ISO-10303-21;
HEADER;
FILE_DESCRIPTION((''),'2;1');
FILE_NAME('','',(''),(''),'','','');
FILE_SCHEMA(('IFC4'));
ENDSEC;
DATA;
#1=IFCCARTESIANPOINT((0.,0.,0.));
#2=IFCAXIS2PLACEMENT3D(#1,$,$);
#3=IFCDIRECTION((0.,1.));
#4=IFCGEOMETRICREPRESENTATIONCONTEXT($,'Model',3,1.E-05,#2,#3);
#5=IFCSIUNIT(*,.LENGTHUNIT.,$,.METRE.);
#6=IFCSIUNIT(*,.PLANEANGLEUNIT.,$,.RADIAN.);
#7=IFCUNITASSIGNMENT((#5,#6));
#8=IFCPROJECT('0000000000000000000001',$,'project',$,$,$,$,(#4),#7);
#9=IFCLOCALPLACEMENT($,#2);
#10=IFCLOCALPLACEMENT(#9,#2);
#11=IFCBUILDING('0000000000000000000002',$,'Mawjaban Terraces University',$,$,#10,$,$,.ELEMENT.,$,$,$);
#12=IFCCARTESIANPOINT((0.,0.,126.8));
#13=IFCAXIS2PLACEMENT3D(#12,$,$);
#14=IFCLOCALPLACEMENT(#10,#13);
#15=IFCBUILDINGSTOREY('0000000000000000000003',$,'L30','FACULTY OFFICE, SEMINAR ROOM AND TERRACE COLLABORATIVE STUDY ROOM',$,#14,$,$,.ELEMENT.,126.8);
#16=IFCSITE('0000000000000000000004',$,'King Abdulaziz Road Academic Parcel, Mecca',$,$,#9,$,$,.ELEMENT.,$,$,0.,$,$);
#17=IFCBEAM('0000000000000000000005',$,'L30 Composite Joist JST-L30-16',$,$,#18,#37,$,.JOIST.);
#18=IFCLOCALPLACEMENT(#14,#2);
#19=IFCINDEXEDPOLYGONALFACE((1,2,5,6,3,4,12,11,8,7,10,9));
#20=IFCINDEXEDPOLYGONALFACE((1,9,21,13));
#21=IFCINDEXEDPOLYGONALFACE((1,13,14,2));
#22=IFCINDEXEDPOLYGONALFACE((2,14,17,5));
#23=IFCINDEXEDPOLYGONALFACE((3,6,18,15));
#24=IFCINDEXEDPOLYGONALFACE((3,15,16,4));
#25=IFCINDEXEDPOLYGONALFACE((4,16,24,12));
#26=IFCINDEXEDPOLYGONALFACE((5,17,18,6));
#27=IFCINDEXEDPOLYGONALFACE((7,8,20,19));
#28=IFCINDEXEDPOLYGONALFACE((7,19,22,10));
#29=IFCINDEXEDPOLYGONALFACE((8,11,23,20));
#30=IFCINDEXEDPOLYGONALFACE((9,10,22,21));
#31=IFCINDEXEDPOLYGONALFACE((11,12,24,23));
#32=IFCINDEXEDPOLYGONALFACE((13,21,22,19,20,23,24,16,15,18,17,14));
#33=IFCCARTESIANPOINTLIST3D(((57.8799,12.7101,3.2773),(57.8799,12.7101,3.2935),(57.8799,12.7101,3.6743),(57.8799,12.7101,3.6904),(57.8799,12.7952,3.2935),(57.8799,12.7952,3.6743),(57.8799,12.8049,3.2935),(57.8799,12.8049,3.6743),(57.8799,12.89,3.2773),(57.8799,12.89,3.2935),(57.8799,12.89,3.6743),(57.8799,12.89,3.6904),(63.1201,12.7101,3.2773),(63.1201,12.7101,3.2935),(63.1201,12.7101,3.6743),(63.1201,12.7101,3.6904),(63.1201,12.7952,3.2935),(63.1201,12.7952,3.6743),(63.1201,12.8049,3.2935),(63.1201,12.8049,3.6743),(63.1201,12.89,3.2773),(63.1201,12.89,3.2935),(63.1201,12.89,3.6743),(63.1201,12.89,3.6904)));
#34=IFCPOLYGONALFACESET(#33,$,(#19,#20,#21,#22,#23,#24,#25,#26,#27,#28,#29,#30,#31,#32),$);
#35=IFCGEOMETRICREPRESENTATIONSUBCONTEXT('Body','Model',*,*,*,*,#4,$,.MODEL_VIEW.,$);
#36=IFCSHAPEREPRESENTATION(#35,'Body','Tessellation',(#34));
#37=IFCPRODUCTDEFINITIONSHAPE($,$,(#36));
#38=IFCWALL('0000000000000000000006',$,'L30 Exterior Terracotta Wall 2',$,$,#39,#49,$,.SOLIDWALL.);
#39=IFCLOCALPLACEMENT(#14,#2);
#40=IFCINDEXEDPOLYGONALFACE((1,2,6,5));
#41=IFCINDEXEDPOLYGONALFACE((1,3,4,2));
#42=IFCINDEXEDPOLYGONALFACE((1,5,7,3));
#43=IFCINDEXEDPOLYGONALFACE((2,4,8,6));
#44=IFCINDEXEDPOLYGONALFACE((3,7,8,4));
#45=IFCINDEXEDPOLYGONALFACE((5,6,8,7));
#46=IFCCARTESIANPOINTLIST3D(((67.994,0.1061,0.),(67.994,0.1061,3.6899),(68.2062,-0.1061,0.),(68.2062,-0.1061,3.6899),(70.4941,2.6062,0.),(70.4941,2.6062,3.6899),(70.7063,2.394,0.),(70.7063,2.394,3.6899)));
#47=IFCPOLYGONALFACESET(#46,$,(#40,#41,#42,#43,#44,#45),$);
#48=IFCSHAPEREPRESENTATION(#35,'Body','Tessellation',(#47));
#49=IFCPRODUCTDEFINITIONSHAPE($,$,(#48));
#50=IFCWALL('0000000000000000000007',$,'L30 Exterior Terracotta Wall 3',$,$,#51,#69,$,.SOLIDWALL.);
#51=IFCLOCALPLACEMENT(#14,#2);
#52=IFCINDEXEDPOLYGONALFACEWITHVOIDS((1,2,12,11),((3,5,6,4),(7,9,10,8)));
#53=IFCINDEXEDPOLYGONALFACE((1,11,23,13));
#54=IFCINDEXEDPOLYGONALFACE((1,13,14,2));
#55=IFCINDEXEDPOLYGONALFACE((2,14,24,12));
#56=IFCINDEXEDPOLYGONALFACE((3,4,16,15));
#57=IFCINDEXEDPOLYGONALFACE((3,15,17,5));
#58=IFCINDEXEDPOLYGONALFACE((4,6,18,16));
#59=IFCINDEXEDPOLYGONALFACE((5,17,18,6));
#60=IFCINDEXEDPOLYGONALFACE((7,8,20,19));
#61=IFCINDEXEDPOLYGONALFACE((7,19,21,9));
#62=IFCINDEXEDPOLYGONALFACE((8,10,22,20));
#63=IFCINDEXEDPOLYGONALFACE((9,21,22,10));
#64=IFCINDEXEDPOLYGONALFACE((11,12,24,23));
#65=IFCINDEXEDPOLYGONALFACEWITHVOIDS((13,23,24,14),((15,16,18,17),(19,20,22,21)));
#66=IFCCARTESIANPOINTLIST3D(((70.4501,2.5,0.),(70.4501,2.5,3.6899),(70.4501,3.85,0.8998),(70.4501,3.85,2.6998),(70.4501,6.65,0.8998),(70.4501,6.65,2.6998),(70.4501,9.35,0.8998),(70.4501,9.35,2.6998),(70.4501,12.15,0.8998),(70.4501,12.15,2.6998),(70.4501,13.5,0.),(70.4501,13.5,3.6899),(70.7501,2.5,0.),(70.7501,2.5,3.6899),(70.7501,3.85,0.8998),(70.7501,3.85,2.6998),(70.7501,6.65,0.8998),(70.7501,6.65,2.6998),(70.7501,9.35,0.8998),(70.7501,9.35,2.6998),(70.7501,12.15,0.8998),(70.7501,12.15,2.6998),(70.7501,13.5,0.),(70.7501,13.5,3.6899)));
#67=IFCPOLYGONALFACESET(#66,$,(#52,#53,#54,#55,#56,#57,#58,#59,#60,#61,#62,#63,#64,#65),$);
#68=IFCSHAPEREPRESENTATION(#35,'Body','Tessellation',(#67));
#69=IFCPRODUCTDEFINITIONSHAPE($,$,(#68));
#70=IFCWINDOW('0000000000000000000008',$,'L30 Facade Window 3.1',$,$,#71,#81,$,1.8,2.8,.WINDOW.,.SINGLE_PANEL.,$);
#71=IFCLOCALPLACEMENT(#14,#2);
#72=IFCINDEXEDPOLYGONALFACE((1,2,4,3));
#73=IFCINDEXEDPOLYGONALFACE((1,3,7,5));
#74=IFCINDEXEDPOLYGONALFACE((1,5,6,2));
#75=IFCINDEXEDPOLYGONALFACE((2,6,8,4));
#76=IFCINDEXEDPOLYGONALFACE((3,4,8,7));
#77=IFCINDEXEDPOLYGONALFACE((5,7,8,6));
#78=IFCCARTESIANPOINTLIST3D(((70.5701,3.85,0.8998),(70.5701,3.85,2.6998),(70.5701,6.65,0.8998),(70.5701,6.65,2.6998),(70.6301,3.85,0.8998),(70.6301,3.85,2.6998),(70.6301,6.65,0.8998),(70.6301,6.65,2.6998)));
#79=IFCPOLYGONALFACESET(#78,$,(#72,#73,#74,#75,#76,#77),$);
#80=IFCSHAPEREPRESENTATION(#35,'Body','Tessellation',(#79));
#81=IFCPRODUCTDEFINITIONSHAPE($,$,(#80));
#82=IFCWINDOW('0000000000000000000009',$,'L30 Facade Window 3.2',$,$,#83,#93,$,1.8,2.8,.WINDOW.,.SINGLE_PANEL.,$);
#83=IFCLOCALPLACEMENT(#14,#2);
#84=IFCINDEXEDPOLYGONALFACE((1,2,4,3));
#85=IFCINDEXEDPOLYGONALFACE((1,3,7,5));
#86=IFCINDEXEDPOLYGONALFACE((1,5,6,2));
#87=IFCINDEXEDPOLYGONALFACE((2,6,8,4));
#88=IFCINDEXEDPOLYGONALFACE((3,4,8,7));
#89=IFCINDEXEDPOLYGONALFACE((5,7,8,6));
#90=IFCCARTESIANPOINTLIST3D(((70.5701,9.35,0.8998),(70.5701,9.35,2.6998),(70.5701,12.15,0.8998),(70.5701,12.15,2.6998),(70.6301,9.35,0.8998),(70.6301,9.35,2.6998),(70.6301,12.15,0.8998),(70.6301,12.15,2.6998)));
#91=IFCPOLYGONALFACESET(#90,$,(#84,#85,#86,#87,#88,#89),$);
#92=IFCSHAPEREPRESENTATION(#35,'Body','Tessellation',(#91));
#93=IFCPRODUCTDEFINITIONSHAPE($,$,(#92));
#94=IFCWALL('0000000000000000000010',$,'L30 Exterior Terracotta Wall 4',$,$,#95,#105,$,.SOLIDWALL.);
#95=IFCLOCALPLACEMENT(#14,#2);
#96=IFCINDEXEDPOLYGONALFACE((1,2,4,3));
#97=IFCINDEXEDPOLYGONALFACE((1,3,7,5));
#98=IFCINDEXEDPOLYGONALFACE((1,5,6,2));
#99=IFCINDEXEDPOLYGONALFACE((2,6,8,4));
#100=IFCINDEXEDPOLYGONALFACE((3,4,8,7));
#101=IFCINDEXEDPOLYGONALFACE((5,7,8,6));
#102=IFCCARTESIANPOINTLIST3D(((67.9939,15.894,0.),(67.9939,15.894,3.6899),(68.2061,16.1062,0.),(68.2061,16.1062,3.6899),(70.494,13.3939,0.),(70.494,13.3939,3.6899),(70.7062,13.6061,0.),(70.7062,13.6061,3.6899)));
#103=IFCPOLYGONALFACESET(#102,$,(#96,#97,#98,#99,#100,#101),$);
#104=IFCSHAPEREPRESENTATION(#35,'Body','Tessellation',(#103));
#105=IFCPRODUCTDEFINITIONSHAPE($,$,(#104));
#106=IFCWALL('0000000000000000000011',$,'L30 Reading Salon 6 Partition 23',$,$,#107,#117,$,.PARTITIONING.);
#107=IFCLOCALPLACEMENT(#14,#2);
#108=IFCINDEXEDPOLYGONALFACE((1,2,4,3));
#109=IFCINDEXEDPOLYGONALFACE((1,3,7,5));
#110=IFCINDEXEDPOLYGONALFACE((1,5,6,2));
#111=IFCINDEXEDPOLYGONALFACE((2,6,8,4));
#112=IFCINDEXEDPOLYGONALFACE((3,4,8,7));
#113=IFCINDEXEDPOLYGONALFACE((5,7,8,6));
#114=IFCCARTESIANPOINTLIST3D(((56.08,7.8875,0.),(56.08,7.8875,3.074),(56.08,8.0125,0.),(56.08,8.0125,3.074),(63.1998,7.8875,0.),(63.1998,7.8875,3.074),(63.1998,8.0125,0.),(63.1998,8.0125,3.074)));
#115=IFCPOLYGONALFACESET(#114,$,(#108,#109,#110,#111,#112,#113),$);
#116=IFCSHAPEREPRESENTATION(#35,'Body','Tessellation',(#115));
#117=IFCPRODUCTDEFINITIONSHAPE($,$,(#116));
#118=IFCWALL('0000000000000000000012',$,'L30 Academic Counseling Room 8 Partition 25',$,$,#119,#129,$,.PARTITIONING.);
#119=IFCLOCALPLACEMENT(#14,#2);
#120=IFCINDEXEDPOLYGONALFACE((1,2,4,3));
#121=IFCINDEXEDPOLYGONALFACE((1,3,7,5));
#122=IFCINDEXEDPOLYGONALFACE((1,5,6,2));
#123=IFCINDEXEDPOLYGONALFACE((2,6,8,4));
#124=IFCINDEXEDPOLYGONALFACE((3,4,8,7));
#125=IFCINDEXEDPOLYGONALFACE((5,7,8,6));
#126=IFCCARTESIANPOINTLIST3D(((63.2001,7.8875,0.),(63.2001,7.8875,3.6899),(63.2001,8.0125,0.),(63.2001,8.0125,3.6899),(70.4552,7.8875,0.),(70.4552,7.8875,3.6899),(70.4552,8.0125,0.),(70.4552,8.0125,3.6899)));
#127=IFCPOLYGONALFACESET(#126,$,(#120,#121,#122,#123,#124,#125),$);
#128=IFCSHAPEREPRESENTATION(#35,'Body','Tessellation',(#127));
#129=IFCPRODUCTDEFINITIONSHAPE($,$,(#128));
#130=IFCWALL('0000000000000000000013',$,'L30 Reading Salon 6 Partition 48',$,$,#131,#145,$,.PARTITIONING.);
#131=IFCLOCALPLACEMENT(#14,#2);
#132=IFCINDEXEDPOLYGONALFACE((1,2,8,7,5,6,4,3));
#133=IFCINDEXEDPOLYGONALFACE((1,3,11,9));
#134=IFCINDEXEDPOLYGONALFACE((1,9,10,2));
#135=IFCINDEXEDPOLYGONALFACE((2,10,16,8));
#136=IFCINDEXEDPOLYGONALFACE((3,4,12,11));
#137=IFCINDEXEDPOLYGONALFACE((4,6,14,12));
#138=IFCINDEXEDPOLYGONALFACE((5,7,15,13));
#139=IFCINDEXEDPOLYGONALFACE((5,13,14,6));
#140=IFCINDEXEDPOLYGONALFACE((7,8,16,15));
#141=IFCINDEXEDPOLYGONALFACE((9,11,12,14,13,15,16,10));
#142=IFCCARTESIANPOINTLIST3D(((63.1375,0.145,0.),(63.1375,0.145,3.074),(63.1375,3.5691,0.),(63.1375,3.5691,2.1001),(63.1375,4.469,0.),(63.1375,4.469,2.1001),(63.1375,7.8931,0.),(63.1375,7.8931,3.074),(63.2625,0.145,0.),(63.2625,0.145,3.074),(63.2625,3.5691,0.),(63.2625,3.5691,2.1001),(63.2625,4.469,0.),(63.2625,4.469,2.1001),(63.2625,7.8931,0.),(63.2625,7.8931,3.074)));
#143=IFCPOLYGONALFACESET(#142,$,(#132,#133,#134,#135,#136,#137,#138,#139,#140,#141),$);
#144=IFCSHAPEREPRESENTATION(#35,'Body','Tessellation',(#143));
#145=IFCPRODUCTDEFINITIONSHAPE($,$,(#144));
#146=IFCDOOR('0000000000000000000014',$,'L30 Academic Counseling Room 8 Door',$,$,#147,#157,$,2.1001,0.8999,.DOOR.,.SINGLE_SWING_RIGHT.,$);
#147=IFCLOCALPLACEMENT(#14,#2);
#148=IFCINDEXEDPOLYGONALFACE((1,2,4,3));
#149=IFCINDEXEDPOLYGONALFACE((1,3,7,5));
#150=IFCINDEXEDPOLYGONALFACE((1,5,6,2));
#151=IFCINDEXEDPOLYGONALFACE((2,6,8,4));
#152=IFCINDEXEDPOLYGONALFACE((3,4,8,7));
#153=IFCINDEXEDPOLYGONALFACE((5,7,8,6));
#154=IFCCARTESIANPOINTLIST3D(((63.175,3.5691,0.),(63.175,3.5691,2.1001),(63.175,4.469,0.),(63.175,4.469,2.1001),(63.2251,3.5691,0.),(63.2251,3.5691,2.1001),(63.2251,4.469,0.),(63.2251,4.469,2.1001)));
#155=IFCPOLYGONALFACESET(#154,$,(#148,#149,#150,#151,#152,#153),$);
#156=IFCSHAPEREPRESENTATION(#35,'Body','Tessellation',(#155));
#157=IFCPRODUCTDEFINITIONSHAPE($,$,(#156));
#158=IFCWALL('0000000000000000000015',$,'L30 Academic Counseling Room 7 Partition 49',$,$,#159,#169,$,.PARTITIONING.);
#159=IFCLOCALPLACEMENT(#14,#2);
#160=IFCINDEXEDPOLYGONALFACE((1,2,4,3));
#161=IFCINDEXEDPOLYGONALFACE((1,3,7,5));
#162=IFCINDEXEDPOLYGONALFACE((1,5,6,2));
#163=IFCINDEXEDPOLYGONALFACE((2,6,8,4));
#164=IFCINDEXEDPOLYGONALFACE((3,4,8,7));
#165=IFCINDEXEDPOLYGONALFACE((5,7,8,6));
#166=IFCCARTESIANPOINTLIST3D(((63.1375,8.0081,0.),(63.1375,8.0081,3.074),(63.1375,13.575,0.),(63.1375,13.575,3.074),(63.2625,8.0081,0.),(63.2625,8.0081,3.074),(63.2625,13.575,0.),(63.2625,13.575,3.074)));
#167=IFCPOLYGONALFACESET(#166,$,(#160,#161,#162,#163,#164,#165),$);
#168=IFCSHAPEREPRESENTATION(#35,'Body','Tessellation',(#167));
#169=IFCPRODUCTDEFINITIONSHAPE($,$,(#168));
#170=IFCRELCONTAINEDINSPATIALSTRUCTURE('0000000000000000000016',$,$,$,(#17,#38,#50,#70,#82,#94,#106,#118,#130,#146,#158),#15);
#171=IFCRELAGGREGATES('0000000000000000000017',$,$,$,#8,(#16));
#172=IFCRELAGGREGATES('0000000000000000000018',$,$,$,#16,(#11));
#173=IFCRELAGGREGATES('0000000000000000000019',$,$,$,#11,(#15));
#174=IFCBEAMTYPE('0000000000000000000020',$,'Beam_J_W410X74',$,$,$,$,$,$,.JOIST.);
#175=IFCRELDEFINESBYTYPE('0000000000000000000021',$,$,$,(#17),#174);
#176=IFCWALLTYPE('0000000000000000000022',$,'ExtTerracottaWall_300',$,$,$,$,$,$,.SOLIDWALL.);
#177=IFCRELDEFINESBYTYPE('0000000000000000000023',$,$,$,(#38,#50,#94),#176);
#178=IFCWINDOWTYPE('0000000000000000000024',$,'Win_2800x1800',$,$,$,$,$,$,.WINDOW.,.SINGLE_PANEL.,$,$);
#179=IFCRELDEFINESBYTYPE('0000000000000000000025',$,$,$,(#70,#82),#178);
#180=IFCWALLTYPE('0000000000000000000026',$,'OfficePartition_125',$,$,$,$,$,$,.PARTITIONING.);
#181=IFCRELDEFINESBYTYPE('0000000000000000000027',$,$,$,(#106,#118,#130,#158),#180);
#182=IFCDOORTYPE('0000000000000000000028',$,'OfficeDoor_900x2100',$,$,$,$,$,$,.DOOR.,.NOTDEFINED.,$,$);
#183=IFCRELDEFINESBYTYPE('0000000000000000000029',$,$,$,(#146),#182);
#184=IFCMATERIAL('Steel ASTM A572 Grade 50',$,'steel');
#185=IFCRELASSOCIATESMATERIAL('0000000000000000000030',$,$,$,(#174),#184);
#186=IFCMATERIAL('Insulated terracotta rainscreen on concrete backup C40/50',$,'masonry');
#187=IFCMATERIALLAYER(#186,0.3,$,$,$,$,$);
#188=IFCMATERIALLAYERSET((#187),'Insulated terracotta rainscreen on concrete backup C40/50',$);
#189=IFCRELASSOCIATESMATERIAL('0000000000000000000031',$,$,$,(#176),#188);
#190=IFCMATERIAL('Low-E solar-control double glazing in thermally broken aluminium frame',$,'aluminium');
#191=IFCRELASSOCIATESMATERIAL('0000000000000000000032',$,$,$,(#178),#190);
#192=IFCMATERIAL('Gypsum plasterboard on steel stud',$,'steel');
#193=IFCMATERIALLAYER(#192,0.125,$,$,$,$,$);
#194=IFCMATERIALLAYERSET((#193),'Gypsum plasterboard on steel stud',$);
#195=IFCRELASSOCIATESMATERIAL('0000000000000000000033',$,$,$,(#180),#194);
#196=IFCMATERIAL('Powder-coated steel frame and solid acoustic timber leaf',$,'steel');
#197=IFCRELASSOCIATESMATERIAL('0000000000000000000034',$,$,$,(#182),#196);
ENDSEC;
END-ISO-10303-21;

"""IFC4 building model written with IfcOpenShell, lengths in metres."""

from ifc_helpers import new_model, si_unit, direction, frame, frame_2d, origin, origin_2d, place, context, subcontext, project, spatial, rectangle, i_section, extrude, material, layer, layer_set, material_profile, profile_set, type_object, element, fill, save


model = new_model("IFC4")

# Units and contexts
model_context = context("Model", 3, precision=1e-05, world=origin(), true_north=direction((0.0, 1.0)))
body_context = subcontext(model_context, "Body", "Model", "MODEL_VIEW")
ifc_project = project(units=[si_unit("LENGTHUNIT", "METRE"), si_unit("PLANEANGLEUNIT", "RADIAN")], contexts=[model_context])

# Site, building, storey
site_placement = place(None, origin())
site = spatial("IfcSite", under=ifc_project, at=site_placement, Name="King Abdulaziz Road Academic Parcel, Mecca", CompositionType="ELEMENT", RefElevation=0.0)
building_placement = place(site_placement, origin())
building = spatial("IfcBuilding", under=site, at=building_placement, Name="Mawjaban Terraces University", CompositionType="ELEMENT")
storey_placement = place(building_placement, frame((0.0, 0.0, 126.8)))
storey = spatial("IfcBuildingStorey", under=building, at=storey_placement, Name="L30", Description="FACULTY OFFICE, SEMINAR ROOM AND TERRACE COLLABORATIVE STUDY ROOM", CompositionType="ELEMENT", Elevation=126.8)

# Beam
ifc_material_1 = material(Name="Steel ASTM A572 Grade 50", Category="steel")
ifc_material_profile_1 = material_profile(ifc_material_1, i_section(OverallWidth=0.1799, OverallDepth=0.4131, WebThickness=0.0098, FlangeThickness=0.0161, at=origin_2d()), Name="W410X74")
ifc_profile_set_1 = profile_set([ifc_material_profile_1], Name="Steel ASTM A572 Grade 50")
beam_type_1 = type_object("IfcBeamType", Name="Beam_J_W410X74", PredefinedType="JOIST", material=ifc_profile_set_1)
for number, where, z_axis, x_axis, name in (
    (1, (57.8799, 12.8, 3.4839), (1.0, 0.0, 0.0), (0.0, 1.0, 0.0), "L30 Composite Joist JST-L30-16"),
):
    element("IfcBeam", number, at=place(storey_placement, frame(where, z_axis=z_axis, x_axis=x_axis)), inside=storey, type_object=beam_type_1, Name=name, PredefinedType="JOIST", context=body_context, shape_type="SweptSolid", body=[
        extrude(i_section(OverallWidth=0.1799, OverallDepth=0.4131, WebThickness=0.0098, FlangeThickness=0.0161, at=origin_2d()), origin(), (0.0, 0.0, 1.0), 5.2402),
    ])

# Wall
ifc_material_2 = material(Name="Insulated terracotta rainscreen on concrete backup C40/50", Category="masonry")
ifc_layer_1 = layer(ifc_material_2, 0.3)
ifc_layer_set_1 = layer_set([ifc_layer_1], Name="Insulated terracotta rainscreen on concrete backup C40/50")
wall_type_1 = type_object("IfcWallType", Name="ExtTerracottaWall_300", PredefinedType="SOLIDWALL", material=ifc_layer_set_1)
wall_1_placement = place(storey_placement, frame((68.1001, 0.0, 0.0), z_axis=(0.0, 0.0, 1.0), x_axis=(0.707107, 0.707107, 0.0)))
element("IfcWall", 2, at=wall_1_placement, inside=storey, type_object=wall_type_1, Name="L30 Exterior Terracotta Wall 2", PredefinedType="SOLIDWALL", context=body_context, shape_type="SweptSolid", body=[
    extrude(rectangle(XDim=3.5356, YDim=0.3, at=frame_2d((1.7678, 0.0))), origin(), (0.0, 0.0, 1.0), 3.6899),
])

# Wall, openings, windows
wall_2_placement = place(storey_placement, frame((70.6001, 2.5, 0.0), z_axis=(0.0, 0.0, 1.0), x_axis=(0.0, 1.0, 0.0)))
wall_2 = element("IfcWall", 3, at=wall_2_placement, inside=storey, type_object=wall_type_1, Name="L30 Exterior Terracotta Wall 3", PredefinedType="SOLIDWALL", context=body_context, shape_type="SweptSolid", body=[
    extrude(rectangle(XDim=11.0, YDim=0.3, at=frame_2d((5.5, 0.0))), origin(), (0.0, 0.0, 1.0), 3.6899),
])
opening_1_placement = place(wall_2_placement, frame((1.3501, 0.0, 0.8999)))
opening_1 = element("IfcOpeningElement", 4, at=opening_1_placement, cuts=wall_2, PredefinedType="OPENING", context=body_context, shape_type="SweptSolid", body=[
    extrude(rectangle(XDim=2.8, YDim=1.8, at=frame_2d((1.3999, 0.8999))), frame((0.0, 0.1599, 0.0), z_axis=(0.0, -1.0, 0.0), x_axis=(1.0, 0.0, 0.0)), (0.0, 0.0, 1.0), 0.3201),
])
opening_2_placement = place(wall_2_placement, frame((6.8501, 0.0, 0.8999)))
opening_2 = element("IfcOpeningElement", 5, at=opening_2_placement, cuts=wall_2, PredefinedType="OPENING", context=body_context, shape_type="SweptSolid", body=[
    extrude(rectangle(XDim=2.8, YDim=1.8, at=frame_2d((1.3999, 0.8999))), frame((0.0, 0.1599, 0.0), z_axis=(0.0, -1.0, 0.0), x_axis=(1.0, 0.0, 0.0)), (0.0, 0.0, 1.0), 0.3201),
])
ifc_material_3 = material(Name="Low-E solar-control double glazing in thermally broken aluminium frame", Category="aluminium")
window_type = type_object("IfcWindowType", Name="Win_2800x1800", PartitioningType="SINGLE_PANEL", PredefinedType="WINDOW", material=ifc_material_3)
window_1_placement = place(opening_1_placement, origin())
window_1 = element("IfcWindow", 6, at=window_1_placement, inside=storey, type_object=window_type, Name="L30 Facade Window 3.1", OverallHeight=1.8, OverallWidth=2.8, PartitioningType="SINGLE_PANEL", PredefinedType="WINDOW", context=body_context, shape_type="SweptSolid", body=[
    extrude(rectangle(XDim=2.8, YDim=1.8, at=frame_2d((1.3999, 0.8999))), frame((0.0, 0.03, 0.0), z_axis=(0.0, -1.0, 0.0), x_axis=(1.0, 0.0, 0.0)), (0.0, 0.0, 1.0), 0.0601),
])
fill(opening_1, window_1)
window_2_placement = place(opening_2_placement, origin())
window_2 = element("IfcWindow", 7, at=window_2_placement, inside=storey, type_object=window_type, Name="L30 Facade Window 3.2", OverallHeight=1.8, OverallWidth=2.8, PartitioningType="SINGLE_PANEL", PredefinedType="WINDOW", context=body_context, shape_type="SweptSolid", body=[
    extrude(rectangle(XDim=2.8, YDim=1.8, at=frame_2d((1.3999, 0.8999))), frame((0.0, 0.03, 0.0), z_axis=(0.0, -1.0, 0.0), x_axis=(1.0, 0.0, 0.0)), (0.0, 0.0, 1.0), 0.0601),
])
fill(opening_2, window_2)

# Walls
wall_3_placement = place(storey_placement, frame((70.6001, 13.5, 0.0), z_axis=(0.0, 0.0, 1.0), x_axis=(-0.707107, 0.707107, 0.0)))
element("IfcWall", 8, at=wall_3_placement, inside=storey, type_object=wall_type_1, Name="L30 Exterior Terracotta Wall 4", PredefinedType="SOLIDWALL", context=body_context, shape_type="SweptSolid", body=[
    extrude(rectangle(XDim=3.5356, YDim=0.3, at=frame_2d((1.7678, 0.0))), origin(), (0.0, 0.0, 1.0), 3.6899),
])
ifc_material_4 = material(Name="Gypsum plasterboard on steel stud", Category="steel")
ifc_layer_2 = layer(ifc_material_4, 0.125)
ifc_layer_set_2 = layer_set([ifc_layer_2], Name="Gypsum plasterboard on steel stud")
wall_type_2 = type_object("IfcWallType", Name="OfficePartition_125", PredefinedType="PARTITIONING", material=ifc_layer_set_2)
wall_4_placement = place(storey_placement, frame((63.2, 7.95, 0.0), z_axis=(0.0, 0.0, 1.0), x_axis=(-1.0, 0.0, 0.0)))
element("IfcWall", 9, at=wall_4_placement, inside=storey, type_object=wall_type_2, Name="L30 Reading Salon 6 Partition 23", PredefinedType="PARTITIONING", context=body_context, shape_type="SweptSolid", body=[
    extrude(rectangle(XDim=7.1199, YDim=0.125, at=frame_2d((3.5601, 0.0))), origin(), (0.0, 0.0, 1.0), 3.074),
])
wall_5_placement = place(storey_placement, frame((70.4551, 7.95, 0.0), z_axis=(0.0, 0.0, 1.0), x_axis=(-1.0, 0.0, 0.0)))
element("IfcWall", 10, at=wall_5_placement, inside=storey, type_object=wall_type_2, Name="L30 Academic Counseling Room 8 Partition 25", PredefinedType="PARTITIONING", context=body_context, shape_type="SweptSolid", body=[
    extrude(rectangle(XDim=7.2551, YDim=0.125, at=frame_2d((3.6274, 0.0))), origin(), (0.0, 0.0, 1.0), 3.6899),
])

# Wall, opening, door
wall_6_placement = place(storey_placement, frame((63.2, 0.145, 0.0), z_axis=(0.0, 0.0, 1.0), x_axis=(0.0, 1.0, 0.0)))
wall_6 = element("IfcWall", 11, at=wall_6_placement, inside=storey, type_object=wall_type_2, Name="L30 Reading Salon 6 Partition 48", PredefinedType="PARTITIONING", context=body_context, shape_type="SweptSolid", body=[
    extrude(rectangle(XDim=7.748, YDim=0.125, at=frame_2d((3.874, 0.0))), origin(), (0.0, 0.0, 1.0), 3.074),
])
opening_3_placement = place(wall_6_placement, frame((3.4241, 0.0, 0.0)))
opening_3 = element("IfcOpeningElement", 12, at=opening_3_placement, cuts=wall_6, PredefinedType="OPENING", context=body_context, shape_type="SweptSolid", body=[
    extrude(rectangle(XDim=0.8999, YDim=2.1001, at=frame_2d((0.45, 1.05))), frame((0.0, 0.0725, 0.0), z_axis=(0.0, -1.0, 0.0), x_axis=(1.0, 0.0, 0.0)), (0.0, 0.0, 1.0), 0.145),
])
ifc_material_5 = material(Name="Powder-coated steel frame and solid acoustic timber leaf", Category="steel")
door_type = type_object("IfcDoorType", Name="OfficeDoor_900x2100", OperationType="NOTDEFINED", PredefinedType="DOOR", material=ifc_material_5)
door_placement = place(opening_3_placement, origin())
door = element("IfcDoor", 13, at=door_placement, inside=storey, type_object=door_type, Name="L30 Academic Counseling Room 8 Door", OperationType="SINGLE_SWING_RIGHT", OverallHeight=2.1001, OverallWidth=0.8999, PredefinedType="DOOR", context=body_context, shape_type="SweptSolid", body=[
    extrude(rectangle(XDim=0.8999, YDim=2.1001, at=frame_2d((0.45, 1.05))), frame((0.0, 0.0249, 0.0), z_axis=(0.0, -1.0, 0.0), x_axis=(1.0, 0.0, 0.0)), (0.0, 0.0, 1.0), 0.05),
])
fill(opening_3, door)

# Wall
wall_7_placement = place(storey_placement, frame((63.2, 8.0081, 0.0), z_axis=(0.0, 0.0, 1.0), x_axis=(0.0, 1.0, 0.0)))
element("IfcWall", 14, at=wall_7_placement, inside=storey, type_object=wall_type_2, Name="L30 Academic Counseling Room 7 Partition 49", PredefinedType="PARTITIONING", context=body_context, shape_type="SweptSolid", body=[
    extrude(rectangle(XDim=5.5669, YDim=0.125, at=frame_2d((2.7834, 0.0))), origin(), (0.0, 0.0, 1.0), 3.074),
])

save(model, "model.ifc")
